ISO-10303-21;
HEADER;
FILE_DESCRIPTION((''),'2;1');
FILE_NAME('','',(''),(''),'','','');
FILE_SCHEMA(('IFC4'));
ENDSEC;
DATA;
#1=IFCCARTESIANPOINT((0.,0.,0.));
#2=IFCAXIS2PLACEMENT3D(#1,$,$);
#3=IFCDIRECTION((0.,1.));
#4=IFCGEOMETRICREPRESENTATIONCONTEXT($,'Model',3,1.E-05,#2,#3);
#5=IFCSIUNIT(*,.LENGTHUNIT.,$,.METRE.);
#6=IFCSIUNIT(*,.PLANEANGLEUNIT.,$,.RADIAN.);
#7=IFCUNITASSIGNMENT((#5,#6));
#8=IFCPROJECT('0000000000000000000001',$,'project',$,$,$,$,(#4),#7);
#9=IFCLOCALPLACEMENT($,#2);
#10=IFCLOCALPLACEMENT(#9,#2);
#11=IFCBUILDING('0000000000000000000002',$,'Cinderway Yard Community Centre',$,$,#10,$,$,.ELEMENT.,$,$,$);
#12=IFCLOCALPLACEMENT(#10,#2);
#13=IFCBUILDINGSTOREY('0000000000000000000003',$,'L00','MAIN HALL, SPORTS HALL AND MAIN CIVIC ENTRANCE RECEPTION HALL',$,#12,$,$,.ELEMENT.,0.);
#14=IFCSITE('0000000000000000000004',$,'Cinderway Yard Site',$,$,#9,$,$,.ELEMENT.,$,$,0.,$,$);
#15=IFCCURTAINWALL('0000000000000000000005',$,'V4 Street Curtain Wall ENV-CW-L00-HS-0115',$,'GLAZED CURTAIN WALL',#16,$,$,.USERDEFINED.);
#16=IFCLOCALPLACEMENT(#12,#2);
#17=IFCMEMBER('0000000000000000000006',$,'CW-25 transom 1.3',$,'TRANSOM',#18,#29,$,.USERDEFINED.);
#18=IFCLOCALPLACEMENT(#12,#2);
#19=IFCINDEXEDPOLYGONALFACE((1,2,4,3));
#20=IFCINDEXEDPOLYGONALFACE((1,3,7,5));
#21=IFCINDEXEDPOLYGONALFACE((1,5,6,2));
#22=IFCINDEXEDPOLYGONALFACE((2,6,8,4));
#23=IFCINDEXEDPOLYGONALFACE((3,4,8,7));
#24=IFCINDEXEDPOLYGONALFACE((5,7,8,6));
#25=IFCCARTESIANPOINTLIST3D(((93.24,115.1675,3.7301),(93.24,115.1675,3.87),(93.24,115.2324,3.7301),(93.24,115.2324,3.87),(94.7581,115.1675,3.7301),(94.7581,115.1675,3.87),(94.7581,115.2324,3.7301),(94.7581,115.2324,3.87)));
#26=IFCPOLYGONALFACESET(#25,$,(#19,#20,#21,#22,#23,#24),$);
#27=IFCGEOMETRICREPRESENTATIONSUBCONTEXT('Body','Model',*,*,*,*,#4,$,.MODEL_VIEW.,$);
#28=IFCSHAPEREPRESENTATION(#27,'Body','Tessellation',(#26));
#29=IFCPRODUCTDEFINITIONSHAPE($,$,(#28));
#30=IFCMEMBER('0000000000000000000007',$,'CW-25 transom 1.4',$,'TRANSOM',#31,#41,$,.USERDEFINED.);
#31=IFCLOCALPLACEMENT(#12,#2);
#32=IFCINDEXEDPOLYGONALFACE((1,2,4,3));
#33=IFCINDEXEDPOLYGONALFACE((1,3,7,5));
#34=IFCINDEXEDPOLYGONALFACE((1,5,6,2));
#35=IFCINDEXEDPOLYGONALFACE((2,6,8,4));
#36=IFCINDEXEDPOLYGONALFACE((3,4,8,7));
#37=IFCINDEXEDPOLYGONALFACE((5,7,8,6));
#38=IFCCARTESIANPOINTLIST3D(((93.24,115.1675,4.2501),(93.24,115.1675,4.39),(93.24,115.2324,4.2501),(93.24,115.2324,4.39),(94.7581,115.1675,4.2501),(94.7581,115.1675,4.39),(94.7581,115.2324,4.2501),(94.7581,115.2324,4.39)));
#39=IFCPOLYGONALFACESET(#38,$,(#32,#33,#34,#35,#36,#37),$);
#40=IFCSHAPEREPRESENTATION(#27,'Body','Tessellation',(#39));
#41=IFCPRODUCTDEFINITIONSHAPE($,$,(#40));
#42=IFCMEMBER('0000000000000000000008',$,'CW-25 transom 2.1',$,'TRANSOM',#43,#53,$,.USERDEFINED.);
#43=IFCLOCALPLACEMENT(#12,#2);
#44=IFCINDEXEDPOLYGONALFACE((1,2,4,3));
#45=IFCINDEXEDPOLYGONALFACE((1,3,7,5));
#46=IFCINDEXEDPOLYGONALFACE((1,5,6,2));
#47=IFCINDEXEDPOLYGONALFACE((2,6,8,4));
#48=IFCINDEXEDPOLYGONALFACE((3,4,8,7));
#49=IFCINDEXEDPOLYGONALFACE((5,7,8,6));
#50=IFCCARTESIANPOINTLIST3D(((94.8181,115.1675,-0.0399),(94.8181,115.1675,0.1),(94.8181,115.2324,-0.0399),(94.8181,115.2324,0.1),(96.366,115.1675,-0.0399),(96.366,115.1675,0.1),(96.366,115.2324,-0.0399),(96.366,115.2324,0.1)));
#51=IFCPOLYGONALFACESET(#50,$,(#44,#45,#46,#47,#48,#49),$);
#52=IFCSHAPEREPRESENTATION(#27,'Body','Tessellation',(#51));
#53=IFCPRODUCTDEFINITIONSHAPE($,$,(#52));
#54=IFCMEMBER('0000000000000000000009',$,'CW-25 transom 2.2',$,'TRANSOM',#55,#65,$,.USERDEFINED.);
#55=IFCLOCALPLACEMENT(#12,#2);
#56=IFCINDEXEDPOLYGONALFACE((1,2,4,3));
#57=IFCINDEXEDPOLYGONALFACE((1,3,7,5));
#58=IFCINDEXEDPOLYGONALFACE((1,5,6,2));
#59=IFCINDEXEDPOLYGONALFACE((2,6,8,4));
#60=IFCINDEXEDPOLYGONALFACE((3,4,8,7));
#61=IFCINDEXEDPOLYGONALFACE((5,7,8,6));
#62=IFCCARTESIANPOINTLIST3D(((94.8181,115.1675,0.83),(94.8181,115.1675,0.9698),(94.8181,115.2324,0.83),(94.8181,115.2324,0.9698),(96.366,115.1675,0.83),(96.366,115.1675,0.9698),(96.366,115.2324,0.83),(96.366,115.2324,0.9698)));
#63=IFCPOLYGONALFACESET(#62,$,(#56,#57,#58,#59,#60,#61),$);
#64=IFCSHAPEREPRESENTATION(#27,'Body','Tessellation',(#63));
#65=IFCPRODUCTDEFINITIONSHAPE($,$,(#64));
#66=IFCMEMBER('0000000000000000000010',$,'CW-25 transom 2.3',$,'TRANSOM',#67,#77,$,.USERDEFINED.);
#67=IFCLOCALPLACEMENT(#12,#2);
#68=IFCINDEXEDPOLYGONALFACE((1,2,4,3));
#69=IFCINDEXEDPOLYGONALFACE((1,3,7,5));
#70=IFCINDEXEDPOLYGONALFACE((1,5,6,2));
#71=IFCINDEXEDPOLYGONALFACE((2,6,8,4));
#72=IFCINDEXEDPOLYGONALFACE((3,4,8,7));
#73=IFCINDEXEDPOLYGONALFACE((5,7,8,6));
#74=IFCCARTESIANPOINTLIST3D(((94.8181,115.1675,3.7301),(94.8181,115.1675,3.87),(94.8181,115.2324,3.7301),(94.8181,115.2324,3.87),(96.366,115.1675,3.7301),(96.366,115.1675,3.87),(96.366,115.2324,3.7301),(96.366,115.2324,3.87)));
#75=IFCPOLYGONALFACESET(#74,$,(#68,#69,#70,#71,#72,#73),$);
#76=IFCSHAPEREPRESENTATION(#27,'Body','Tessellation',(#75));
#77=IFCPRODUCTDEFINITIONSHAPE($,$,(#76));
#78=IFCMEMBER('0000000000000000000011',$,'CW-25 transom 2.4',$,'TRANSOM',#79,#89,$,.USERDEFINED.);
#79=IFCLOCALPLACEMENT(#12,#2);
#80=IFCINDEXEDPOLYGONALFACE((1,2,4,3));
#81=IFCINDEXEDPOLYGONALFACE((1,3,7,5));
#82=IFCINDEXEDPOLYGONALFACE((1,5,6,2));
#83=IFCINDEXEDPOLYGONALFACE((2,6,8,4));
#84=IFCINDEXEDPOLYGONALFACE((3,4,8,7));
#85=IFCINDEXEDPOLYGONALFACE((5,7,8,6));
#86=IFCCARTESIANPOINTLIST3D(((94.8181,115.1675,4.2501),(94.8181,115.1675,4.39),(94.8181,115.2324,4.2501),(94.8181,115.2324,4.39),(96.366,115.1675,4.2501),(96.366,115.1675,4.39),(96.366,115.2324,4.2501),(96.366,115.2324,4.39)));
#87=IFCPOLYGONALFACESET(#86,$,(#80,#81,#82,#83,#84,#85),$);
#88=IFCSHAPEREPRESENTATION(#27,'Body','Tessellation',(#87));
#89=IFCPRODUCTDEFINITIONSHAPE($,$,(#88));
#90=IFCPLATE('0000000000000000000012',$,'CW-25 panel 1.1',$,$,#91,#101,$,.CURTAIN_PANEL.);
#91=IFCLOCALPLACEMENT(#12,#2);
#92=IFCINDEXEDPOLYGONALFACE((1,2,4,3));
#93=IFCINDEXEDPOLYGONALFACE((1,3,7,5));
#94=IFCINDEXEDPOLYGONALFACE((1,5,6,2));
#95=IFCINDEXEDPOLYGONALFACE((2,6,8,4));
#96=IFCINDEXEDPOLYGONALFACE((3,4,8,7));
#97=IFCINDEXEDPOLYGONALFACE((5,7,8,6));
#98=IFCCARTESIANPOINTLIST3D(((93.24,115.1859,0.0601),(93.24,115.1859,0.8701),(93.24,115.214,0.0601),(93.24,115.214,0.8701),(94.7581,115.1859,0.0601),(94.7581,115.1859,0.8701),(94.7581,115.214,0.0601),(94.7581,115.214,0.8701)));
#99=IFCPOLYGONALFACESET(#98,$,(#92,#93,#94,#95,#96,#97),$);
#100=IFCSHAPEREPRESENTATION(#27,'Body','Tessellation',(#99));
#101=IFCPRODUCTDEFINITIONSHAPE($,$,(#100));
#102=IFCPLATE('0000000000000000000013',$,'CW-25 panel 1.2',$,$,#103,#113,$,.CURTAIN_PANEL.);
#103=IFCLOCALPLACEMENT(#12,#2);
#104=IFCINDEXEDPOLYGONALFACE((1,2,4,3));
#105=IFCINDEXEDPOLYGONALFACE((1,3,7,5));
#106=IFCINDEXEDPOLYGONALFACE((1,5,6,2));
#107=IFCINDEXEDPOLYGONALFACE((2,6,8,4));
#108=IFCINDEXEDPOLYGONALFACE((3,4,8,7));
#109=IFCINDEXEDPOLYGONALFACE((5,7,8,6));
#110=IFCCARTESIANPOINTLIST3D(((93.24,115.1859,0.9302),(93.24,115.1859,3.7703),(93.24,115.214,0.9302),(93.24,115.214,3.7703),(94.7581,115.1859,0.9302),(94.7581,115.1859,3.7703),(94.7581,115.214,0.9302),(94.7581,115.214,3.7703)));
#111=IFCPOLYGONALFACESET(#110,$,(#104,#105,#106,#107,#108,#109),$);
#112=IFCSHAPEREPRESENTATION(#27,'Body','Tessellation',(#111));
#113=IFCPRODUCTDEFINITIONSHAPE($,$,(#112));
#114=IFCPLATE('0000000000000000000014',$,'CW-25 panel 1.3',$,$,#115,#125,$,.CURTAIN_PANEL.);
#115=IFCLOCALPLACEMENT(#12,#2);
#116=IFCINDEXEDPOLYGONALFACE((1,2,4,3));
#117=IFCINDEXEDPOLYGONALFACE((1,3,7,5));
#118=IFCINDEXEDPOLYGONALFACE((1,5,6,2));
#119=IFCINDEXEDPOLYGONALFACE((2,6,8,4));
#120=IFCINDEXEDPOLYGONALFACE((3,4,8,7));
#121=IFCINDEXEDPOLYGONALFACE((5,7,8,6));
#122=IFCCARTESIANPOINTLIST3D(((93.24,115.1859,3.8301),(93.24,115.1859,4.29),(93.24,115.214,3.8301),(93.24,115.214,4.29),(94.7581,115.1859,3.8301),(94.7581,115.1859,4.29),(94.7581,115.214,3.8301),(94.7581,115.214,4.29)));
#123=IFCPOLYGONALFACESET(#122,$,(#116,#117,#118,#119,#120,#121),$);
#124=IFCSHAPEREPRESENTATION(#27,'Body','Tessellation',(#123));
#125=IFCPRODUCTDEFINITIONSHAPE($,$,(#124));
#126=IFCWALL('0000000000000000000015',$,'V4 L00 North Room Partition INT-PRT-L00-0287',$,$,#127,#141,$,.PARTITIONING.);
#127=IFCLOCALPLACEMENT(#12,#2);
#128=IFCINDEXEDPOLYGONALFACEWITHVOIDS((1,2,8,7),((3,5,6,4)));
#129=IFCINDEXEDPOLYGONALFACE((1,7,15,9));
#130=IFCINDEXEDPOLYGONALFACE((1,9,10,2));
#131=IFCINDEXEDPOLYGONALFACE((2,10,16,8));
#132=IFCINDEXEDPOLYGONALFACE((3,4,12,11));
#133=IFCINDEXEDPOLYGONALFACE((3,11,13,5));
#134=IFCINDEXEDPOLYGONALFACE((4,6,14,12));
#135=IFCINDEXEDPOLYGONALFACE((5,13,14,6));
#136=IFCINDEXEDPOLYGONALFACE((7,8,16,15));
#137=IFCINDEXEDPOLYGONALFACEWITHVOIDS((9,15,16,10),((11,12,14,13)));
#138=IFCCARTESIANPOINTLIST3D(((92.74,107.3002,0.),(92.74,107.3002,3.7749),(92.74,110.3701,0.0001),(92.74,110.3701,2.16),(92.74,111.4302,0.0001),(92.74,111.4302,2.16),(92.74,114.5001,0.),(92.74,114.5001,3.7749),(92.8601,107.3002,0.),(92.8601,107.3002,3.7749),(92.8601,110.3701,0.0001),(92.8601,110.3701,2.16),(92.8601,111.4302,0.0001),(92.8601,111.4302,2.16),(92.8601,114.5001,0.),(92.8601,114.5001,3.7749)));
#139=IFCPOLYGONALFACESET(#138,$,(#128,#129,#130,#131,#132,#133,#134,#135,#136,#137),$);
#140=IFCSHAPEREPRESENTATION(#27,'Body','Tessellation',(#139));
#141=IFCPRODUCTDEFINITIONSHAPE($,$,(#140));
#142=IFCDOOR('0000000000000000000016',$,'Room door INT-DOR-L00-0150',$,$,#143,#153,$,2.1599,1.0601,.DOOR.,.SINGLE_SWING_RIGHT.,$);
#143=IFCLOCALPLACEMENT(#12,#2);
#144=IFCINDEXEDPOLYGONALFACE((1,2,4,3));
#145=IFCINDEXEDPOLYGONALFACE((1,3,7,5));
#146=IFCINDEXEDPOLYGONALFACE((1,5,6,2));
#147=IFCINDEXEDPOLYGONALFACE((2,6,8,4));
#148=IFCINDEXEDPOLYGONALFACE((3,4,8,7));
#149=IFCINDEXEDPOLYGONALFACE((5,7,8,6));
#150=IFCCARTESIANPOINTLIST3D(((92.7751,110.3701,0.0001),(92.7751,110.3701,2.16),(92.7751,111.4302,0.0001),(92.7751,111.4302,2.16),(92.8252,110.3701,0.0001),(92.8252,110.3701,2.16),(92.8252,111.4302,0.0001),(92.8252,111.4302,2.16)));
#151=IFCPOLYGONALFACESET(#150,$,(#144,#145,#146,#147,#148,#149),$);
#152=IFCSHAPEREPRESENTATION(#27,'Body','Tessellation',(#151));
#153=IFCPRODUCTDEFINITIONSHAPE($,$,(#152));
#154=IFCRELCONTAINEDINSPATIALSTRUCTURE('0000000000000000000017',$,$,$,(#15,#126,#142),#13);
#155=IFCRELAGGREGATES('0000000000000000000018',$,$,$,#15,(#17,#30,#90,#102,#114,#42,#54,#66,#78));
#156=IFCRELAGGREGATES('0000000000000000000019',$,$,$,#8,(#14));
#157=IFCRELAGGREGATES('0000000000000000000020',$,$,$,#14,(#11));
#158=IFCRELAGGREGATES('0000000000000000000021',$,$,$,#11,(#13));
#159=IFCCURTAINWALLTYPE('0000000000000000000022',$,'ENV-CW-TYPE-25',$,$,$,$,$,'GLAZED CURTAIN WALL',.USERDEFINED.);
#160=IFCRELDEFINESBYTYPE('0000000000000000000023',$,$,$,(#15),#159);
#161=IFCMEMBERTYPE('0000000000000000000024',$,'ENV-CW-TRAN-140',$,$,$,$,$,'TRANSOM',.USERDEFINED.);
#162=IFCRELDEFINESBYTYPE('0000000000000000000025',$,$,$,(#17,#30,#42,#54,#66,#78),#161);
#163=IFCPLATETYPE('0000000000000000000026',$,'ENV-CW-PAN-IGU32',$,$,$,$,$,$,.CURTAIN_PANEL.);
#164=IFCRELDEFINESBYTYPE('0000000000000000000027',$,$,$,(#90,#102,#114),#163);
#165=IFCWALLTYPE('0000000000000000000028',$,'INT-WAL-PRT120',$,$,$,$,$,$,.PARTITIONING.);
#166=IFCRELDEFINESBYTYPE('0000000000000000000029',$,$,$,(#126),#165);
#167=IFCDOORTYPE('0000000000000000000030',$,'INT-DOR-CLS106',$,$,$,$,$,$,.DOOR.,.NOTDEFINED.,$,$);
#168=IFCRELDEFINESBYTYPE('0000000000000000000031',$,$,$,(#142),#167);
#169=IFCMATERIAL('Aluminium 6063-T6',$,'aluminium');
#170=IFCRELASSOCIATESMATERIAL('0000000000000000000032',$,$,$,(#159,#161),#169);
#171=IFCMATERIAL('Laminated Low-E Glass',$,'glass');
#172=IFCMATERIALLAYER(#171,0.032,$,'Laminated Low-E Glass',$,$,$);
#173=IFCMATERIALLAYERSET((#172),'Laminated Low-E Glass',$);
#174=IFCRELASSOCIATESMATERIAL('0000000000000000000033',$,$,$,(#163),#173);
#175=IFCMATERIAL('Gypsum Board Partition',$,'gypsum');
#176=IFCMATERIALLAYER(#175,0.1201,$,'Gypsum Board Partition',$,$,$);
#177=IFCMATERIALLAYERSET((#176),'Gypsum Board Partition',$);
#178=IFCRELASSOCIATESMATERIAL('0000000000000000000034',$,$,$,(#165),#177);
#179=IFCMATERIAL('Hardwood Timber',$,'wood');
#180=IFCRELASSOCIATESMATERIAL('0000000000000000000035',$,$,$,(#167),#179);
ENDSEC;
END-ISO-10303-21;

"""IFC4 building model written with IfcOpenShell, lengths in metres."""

from ifc_helpers import new_model, si_unit, direction, frame, frame_2d, origin, origin_2d, place, context, subcontext, project, spatial, rectangle, extrude, material, layer, layer_set, material_profile, profile_set, type_object, element, fill, aggregate, save


model = new_model("IFC4")

# Units and contexts
model_context = context("Model", 3, precision=1e-05, world=origin(), true_north=direction((0.0, 1.0)))
body_context = subcontext(model_context, "Body", "Model", "MODEL_VIEW")
ifc_project = project(units=[si_unit("LENGTHUNIT", "METRE"), si_unit("PLANEANGLEUNIT", "RADIAN")], contexts=[model_context])

# Site, building, storey
site_placement = place(None, origin())
site = spatial("IfcSite", under=ifc_project, at=site_placement, Name="Cinderway Yard Site", CompositionType="ELEMENT", RefElevation=0.0)
building_placement = place(site_placement, origin())
building = spatial("IfcBuilding", under=site, at=building_placement, Name="Cinderway Yard Community Centre", CompositionType="ELEMENT")
storey_placement = place(building_placement, origin())
storey = spatial("IfcBuildingStorey", under=building, at=storey_placement, Name="L00", Description="MAIN HALL, SPORTS HALL AND MAIN CIVIC ENTRANCE RECEPTION HALL", CompositionType="ELEMENT", Elevation=0.0)

# Curtain wall, members, plates
ifc_material_1 = material(Name="Aluminium 6063-T6", Category="aluminium")
curtain_wall_type = type_object("IfcCurtainWallType", Name="ENV-CW-TYPE-25", ElementType="GLAZED CURTAIN WALL", PredefinedType="USERDEFINED", material=ifc_material_1)
curtain_wall_placement = place(storey_placement, origin())
curtain_wall = element("IfcCurtainWall", 1, at=curtain_wall_placement, inside=storey, type_object=curtain_wall_type, Name="V4 Street Curtain Wall ENV-CW-L00-HS-0115", ObjectType="GLAZED CURTAIN WALL", PredefinedType="USERDEFINED")
ifc_material_profile_1 = material_profile(ifc_material_1, rectangle(XDim=0.0649, YDim=0.1399, at=origin_2d()), Name="Aluminium 6063-T6")
ifc_profile_set_1 = profile_set([ifc_material_profile_1], Name="Aluminium 6063-T6")
member_type_1 = type_object("IfcMemberType", Name="ENV-CW-TRAN-140", ElementType="TRANSOM", PredefinedType="USERDEFINED", material=ifc_profile_set_1)
member_1_placement = place(storey_placement, frame((93.24, 115.2, 3.8), z_axis=(1.0, 0.0, 0.0), x_axis=(0.0, 1.0, 0.0)))
member_1 = element("IfcMember", 2, at=member_1_placement, type_object=member_type_1, Name="CW-25 transom 1.3", ObjectType="TRANSOM", PredefinedType="USERDEFINED", context=body_context, shape_type="SweptSolid", body=[
    extrude(rectangle(XDim=0.0649, YDim=0.1399, at=origin_2d()), origin(), (0.0, 0.0, 1.0), 1.5181),
])
member_2_placement = place(storey_placement, frame((93.24, 115.2, 4.3201), z_axis=(1.0, 0.0, 0.0), x_axis=(0.0, 1.0, 0.0)))
member_2 = element("IfcMember", 3, at=member_2_placement, type_object=member_type_1, Name="CW-25 transom 1.4", ObjectType="TRANSOM", PredefinedType="USERDEFINED", context=body_context, shape_type="SweptSolid", body=[
    extrude(rectangle(XDim=0.0649, YDim=0.1399, at=origin_2d()), origin(), (0.0, 0.0, 1.0), 1.5181),
])
member_3_placement = place(storey_placement, frame((94.8181, 115.2, 0.03), z_axis=(1.0, 0.0, 0.0), x_axis=(0.0, 1.0, 0.0)))
member_3 = element("IfcMember", 4, at=member_3_placement, type_object=member_type_1, Name="CW-25 transom 2.1", ObjectType="TRANSOM", PredefinedType="USERDEFINED", context=body_context, shape_type="SweptSolid", body=[
    extrude(rectangle(XDim=0.0649, YDim=0.1399, at=origin_2d()), origin(), (0.0, 0.0, 1.0), 1.5479),
])
member_4_placement = place(storey_placement, frame((94.8181, 115.2, 0.8999), z_axis=(1.0, 0.0, 0.0), x_axis=(0.0, 1.0, 0.0)))
member_4 = element("IfcMember", 5, at=member_4_placement, type_object=member_type_1, Name="CW-25 transom 2.2", ObjectType="TRANSOM", PredefinedType="USERDEFINED", context=body_context, shape_type="SweptSolid", body=[
    extrude(rectangle(XDim=0.0649, YDim=0.1399, at=origin_2d()), origin(), (0.0, 0.0, 1.0), 1.5479),
])
member_5_placement = place(storey_placement, frame((94.8181, 115.2, 3.8), z_axis=(1.0, 0.0, 0.0), x_axis=(0.0, 1.0, 0.0)))
member_5 = element("IfcMember", 6, at=member_5_placement, type_object=member_type_1, Name="CW-25 transom 2.3", ObjectType="TRANSOM", PredefinedType="USERDEFINED", context=body_context, shape_type="SweptSolid", body=[
    extrude(rectangle(XDim=0.0649, YDim=0.1399, at=origin_2d()), origin(), (0.0, 0.0, 1.0), 1.5479),
])
member_6_placement = place(storey_placement, frame((94.8181, 115.2, 4.3201), z_axis=(1.0, 0.0, 0.0), x_axis=(0.0, 1.0, 0.0)))
member_6 = element("IfcMember", 7, at=member_6_placement, type_object=member_type_1, Name="CW-25 transom 2.4", ObjectType="TRANSOM", PredefinedType="USERDEFINED", context=body_context, shape_type="SweptSolid", body=[
    extrude(rectangle(XDim=0.0649, YDim=0.1399, at=origin_2d()), origin(), (0.0, 0.0, 1.0), 1.5479),
])
ifc_material_2 = material(Name="Laminated Low-E Glass", Category="glass")
ifc_layer_1 = layer(ifc_material_2, 0.032, Name="Laminated Low-E Glass")
ifc_layer_set_1 = layer_set([ifc_layer_1], Name="Laminated Low-E Glass")
plate_type = type_object("IfcPlateType", Name="ENV-CW-PAN-IGU32", PredefinedType="CURTAIN_PANEL", material=ifc_layer_set_1)
plate_1_placement = place(storey_placement, frame((93.999, 115.2, 0.0601), z_axis=(0.0, 0.0, 1.0), x_axis=(1.0, 0.0, 0.0)))
plate_1 = element("IfcPlate", 8, at=plate_1_placement, type_object=plate_type, Name="CW-25 panel 1.1", PredefinedType="CURTAIN_PANEL", context=body_context, shape_type="SweptSolid", body=[
    extrude(rectangle(XDim=1.5181, YDim=0.0281, at=origin_2d()), origin(), (0.0, 0.0, 1.0), 0.8101),
])
plate_2_placement = place(storey_placement, frame((93.999, 115.2, 0.9302), z_axis=(0.0, 0.0, 1.0), x_axis=(1.0, 0.0, 0.0)))
plate_2 = element("IfcPlate", 9, at=plate_2_placement, type_object=plate_type, Name="CW-25 panel 1.2", PredefinedType="CURTAIN_PANEL", context=body_context, shape_type="SweptSolid", body=[
    extrude(rectangle(XDim=1.5181, YDim=0.0281, at=origin_2d()), origin(), (0.0, 0.0, 1.0), 2.8401),
])
plate_3_placement = place(storey_placement, frame((93.999, 115.2, 3.8301), z_axis=(0.0, 0.0, 1.0), x_axis=(1.0, 0.0, 0.0)))
plate_3 = element("IfcPlate", 10, at=plate_3_placement, type_object=plate_type, Name="CW-25 panel 1.3", PredefinedType="CURTAIN_PANEL", context=body_context, shape_type="SweptSolid", body=[
    extrude(rectangle(XDim=1.5181, YDim=0.0281, at=origin_2d()), origin(), (0.0, 0.0, 1.0), 0.46),
])
aggregate(curtain_wall, [member_1, member_2, plate_1, plate_2, plate_3, member_3, member_4, member_5, member_6])

# Wall, opening, door
ifc_material_3 = material(Name="Gypsum Board Partition", Category="gypsum")
ifc_layer_2 = layer(ifc_material_3, 0.1201, Name="Gypsum Board Partition")
ifc_layer_set_2 = layer_set([ifc_layer_2], Name="Gypsum Board Partition")
wall_type = type_object("IfcWallType", Name="INT-WAL-PRT120", PredefinedType="PARTITIONING", material=ifc_layer_set_2)
wall_placement = place(storey_placement, frame((92.8, 107.3, 0.0), z_axis=(0.0, 0.0, 1.0), x_axis=(0.0, 1.0, 0.0)))
wall = element("IfcWall", 11, at=wall_placement, inside=storey, type_object=wall_type, Name="V4 L00 North Room Partition INT-PRT-L00-0287", PredefinedType="PARTITIONING", context=body_context, shape_type="SweptSolid", body=[
    extrude(rectangle(XDim=7.2, YDim=0.1201, at=frame_2d((3.6001, 0.0))), origin(), (0.0, 0.0, 1.0), 3.7749),
])
opening_placement = place(wall_placement, frame((3.0701, 0.0, 0.0)))
opening = element("IfcOpeningElement", 12, at=opening_placement, cuts=wall, PredefinedType="OPENING", context=body_context, shape_type="SweptSolid", body=[
    extrude(rectangle(XDim=1.0601, YDim=2.1599, at=frame_2d((0.53, 1.0801))), frame((0.0, 0.0701, 0.0), z_axis=(0.0, -1.0, 0.0), x_axis=(1.0, 0.0, 0.0)), (0.0, 0.0, 1.0), 0.1401),
])
ifc_material_4 = material(Name="Hardwood Timber", Category="wood")
door_type = type_object("IfcDoorType", Name="INT-DOR-CLS106", OperationType="NOTDEFINED", PredefinedType="DOOR", material=ifc_material_4)
door_placement = place(opening_placement, origin())
door = element("IfcDoor", 13, at=door_placement, inside=storey, type_object=door_type, Name="Room door INT-DOR-L00-0150", OperationType="SINGLE_SWING_RIGHT", OverallHeight=2.1599, OverallWidth=1.0601, PredefinedType="DOOR", context=body_context, shape_type="SweptSolid", body=[
    extrude(rectangle(XDim=1.0601, YDim=2.1599, at=frame_2d((0.53, 1.0801))), frame((0.0, 0.0249, 0.0), z_axis=(0.0, -1.0, 0.0), x_axis=(1.0, 0.0, 0.0)), (0.0, 0.0, 1.0), 0.05),
])
fill(opening, door)

save(model, "model.ifc")
